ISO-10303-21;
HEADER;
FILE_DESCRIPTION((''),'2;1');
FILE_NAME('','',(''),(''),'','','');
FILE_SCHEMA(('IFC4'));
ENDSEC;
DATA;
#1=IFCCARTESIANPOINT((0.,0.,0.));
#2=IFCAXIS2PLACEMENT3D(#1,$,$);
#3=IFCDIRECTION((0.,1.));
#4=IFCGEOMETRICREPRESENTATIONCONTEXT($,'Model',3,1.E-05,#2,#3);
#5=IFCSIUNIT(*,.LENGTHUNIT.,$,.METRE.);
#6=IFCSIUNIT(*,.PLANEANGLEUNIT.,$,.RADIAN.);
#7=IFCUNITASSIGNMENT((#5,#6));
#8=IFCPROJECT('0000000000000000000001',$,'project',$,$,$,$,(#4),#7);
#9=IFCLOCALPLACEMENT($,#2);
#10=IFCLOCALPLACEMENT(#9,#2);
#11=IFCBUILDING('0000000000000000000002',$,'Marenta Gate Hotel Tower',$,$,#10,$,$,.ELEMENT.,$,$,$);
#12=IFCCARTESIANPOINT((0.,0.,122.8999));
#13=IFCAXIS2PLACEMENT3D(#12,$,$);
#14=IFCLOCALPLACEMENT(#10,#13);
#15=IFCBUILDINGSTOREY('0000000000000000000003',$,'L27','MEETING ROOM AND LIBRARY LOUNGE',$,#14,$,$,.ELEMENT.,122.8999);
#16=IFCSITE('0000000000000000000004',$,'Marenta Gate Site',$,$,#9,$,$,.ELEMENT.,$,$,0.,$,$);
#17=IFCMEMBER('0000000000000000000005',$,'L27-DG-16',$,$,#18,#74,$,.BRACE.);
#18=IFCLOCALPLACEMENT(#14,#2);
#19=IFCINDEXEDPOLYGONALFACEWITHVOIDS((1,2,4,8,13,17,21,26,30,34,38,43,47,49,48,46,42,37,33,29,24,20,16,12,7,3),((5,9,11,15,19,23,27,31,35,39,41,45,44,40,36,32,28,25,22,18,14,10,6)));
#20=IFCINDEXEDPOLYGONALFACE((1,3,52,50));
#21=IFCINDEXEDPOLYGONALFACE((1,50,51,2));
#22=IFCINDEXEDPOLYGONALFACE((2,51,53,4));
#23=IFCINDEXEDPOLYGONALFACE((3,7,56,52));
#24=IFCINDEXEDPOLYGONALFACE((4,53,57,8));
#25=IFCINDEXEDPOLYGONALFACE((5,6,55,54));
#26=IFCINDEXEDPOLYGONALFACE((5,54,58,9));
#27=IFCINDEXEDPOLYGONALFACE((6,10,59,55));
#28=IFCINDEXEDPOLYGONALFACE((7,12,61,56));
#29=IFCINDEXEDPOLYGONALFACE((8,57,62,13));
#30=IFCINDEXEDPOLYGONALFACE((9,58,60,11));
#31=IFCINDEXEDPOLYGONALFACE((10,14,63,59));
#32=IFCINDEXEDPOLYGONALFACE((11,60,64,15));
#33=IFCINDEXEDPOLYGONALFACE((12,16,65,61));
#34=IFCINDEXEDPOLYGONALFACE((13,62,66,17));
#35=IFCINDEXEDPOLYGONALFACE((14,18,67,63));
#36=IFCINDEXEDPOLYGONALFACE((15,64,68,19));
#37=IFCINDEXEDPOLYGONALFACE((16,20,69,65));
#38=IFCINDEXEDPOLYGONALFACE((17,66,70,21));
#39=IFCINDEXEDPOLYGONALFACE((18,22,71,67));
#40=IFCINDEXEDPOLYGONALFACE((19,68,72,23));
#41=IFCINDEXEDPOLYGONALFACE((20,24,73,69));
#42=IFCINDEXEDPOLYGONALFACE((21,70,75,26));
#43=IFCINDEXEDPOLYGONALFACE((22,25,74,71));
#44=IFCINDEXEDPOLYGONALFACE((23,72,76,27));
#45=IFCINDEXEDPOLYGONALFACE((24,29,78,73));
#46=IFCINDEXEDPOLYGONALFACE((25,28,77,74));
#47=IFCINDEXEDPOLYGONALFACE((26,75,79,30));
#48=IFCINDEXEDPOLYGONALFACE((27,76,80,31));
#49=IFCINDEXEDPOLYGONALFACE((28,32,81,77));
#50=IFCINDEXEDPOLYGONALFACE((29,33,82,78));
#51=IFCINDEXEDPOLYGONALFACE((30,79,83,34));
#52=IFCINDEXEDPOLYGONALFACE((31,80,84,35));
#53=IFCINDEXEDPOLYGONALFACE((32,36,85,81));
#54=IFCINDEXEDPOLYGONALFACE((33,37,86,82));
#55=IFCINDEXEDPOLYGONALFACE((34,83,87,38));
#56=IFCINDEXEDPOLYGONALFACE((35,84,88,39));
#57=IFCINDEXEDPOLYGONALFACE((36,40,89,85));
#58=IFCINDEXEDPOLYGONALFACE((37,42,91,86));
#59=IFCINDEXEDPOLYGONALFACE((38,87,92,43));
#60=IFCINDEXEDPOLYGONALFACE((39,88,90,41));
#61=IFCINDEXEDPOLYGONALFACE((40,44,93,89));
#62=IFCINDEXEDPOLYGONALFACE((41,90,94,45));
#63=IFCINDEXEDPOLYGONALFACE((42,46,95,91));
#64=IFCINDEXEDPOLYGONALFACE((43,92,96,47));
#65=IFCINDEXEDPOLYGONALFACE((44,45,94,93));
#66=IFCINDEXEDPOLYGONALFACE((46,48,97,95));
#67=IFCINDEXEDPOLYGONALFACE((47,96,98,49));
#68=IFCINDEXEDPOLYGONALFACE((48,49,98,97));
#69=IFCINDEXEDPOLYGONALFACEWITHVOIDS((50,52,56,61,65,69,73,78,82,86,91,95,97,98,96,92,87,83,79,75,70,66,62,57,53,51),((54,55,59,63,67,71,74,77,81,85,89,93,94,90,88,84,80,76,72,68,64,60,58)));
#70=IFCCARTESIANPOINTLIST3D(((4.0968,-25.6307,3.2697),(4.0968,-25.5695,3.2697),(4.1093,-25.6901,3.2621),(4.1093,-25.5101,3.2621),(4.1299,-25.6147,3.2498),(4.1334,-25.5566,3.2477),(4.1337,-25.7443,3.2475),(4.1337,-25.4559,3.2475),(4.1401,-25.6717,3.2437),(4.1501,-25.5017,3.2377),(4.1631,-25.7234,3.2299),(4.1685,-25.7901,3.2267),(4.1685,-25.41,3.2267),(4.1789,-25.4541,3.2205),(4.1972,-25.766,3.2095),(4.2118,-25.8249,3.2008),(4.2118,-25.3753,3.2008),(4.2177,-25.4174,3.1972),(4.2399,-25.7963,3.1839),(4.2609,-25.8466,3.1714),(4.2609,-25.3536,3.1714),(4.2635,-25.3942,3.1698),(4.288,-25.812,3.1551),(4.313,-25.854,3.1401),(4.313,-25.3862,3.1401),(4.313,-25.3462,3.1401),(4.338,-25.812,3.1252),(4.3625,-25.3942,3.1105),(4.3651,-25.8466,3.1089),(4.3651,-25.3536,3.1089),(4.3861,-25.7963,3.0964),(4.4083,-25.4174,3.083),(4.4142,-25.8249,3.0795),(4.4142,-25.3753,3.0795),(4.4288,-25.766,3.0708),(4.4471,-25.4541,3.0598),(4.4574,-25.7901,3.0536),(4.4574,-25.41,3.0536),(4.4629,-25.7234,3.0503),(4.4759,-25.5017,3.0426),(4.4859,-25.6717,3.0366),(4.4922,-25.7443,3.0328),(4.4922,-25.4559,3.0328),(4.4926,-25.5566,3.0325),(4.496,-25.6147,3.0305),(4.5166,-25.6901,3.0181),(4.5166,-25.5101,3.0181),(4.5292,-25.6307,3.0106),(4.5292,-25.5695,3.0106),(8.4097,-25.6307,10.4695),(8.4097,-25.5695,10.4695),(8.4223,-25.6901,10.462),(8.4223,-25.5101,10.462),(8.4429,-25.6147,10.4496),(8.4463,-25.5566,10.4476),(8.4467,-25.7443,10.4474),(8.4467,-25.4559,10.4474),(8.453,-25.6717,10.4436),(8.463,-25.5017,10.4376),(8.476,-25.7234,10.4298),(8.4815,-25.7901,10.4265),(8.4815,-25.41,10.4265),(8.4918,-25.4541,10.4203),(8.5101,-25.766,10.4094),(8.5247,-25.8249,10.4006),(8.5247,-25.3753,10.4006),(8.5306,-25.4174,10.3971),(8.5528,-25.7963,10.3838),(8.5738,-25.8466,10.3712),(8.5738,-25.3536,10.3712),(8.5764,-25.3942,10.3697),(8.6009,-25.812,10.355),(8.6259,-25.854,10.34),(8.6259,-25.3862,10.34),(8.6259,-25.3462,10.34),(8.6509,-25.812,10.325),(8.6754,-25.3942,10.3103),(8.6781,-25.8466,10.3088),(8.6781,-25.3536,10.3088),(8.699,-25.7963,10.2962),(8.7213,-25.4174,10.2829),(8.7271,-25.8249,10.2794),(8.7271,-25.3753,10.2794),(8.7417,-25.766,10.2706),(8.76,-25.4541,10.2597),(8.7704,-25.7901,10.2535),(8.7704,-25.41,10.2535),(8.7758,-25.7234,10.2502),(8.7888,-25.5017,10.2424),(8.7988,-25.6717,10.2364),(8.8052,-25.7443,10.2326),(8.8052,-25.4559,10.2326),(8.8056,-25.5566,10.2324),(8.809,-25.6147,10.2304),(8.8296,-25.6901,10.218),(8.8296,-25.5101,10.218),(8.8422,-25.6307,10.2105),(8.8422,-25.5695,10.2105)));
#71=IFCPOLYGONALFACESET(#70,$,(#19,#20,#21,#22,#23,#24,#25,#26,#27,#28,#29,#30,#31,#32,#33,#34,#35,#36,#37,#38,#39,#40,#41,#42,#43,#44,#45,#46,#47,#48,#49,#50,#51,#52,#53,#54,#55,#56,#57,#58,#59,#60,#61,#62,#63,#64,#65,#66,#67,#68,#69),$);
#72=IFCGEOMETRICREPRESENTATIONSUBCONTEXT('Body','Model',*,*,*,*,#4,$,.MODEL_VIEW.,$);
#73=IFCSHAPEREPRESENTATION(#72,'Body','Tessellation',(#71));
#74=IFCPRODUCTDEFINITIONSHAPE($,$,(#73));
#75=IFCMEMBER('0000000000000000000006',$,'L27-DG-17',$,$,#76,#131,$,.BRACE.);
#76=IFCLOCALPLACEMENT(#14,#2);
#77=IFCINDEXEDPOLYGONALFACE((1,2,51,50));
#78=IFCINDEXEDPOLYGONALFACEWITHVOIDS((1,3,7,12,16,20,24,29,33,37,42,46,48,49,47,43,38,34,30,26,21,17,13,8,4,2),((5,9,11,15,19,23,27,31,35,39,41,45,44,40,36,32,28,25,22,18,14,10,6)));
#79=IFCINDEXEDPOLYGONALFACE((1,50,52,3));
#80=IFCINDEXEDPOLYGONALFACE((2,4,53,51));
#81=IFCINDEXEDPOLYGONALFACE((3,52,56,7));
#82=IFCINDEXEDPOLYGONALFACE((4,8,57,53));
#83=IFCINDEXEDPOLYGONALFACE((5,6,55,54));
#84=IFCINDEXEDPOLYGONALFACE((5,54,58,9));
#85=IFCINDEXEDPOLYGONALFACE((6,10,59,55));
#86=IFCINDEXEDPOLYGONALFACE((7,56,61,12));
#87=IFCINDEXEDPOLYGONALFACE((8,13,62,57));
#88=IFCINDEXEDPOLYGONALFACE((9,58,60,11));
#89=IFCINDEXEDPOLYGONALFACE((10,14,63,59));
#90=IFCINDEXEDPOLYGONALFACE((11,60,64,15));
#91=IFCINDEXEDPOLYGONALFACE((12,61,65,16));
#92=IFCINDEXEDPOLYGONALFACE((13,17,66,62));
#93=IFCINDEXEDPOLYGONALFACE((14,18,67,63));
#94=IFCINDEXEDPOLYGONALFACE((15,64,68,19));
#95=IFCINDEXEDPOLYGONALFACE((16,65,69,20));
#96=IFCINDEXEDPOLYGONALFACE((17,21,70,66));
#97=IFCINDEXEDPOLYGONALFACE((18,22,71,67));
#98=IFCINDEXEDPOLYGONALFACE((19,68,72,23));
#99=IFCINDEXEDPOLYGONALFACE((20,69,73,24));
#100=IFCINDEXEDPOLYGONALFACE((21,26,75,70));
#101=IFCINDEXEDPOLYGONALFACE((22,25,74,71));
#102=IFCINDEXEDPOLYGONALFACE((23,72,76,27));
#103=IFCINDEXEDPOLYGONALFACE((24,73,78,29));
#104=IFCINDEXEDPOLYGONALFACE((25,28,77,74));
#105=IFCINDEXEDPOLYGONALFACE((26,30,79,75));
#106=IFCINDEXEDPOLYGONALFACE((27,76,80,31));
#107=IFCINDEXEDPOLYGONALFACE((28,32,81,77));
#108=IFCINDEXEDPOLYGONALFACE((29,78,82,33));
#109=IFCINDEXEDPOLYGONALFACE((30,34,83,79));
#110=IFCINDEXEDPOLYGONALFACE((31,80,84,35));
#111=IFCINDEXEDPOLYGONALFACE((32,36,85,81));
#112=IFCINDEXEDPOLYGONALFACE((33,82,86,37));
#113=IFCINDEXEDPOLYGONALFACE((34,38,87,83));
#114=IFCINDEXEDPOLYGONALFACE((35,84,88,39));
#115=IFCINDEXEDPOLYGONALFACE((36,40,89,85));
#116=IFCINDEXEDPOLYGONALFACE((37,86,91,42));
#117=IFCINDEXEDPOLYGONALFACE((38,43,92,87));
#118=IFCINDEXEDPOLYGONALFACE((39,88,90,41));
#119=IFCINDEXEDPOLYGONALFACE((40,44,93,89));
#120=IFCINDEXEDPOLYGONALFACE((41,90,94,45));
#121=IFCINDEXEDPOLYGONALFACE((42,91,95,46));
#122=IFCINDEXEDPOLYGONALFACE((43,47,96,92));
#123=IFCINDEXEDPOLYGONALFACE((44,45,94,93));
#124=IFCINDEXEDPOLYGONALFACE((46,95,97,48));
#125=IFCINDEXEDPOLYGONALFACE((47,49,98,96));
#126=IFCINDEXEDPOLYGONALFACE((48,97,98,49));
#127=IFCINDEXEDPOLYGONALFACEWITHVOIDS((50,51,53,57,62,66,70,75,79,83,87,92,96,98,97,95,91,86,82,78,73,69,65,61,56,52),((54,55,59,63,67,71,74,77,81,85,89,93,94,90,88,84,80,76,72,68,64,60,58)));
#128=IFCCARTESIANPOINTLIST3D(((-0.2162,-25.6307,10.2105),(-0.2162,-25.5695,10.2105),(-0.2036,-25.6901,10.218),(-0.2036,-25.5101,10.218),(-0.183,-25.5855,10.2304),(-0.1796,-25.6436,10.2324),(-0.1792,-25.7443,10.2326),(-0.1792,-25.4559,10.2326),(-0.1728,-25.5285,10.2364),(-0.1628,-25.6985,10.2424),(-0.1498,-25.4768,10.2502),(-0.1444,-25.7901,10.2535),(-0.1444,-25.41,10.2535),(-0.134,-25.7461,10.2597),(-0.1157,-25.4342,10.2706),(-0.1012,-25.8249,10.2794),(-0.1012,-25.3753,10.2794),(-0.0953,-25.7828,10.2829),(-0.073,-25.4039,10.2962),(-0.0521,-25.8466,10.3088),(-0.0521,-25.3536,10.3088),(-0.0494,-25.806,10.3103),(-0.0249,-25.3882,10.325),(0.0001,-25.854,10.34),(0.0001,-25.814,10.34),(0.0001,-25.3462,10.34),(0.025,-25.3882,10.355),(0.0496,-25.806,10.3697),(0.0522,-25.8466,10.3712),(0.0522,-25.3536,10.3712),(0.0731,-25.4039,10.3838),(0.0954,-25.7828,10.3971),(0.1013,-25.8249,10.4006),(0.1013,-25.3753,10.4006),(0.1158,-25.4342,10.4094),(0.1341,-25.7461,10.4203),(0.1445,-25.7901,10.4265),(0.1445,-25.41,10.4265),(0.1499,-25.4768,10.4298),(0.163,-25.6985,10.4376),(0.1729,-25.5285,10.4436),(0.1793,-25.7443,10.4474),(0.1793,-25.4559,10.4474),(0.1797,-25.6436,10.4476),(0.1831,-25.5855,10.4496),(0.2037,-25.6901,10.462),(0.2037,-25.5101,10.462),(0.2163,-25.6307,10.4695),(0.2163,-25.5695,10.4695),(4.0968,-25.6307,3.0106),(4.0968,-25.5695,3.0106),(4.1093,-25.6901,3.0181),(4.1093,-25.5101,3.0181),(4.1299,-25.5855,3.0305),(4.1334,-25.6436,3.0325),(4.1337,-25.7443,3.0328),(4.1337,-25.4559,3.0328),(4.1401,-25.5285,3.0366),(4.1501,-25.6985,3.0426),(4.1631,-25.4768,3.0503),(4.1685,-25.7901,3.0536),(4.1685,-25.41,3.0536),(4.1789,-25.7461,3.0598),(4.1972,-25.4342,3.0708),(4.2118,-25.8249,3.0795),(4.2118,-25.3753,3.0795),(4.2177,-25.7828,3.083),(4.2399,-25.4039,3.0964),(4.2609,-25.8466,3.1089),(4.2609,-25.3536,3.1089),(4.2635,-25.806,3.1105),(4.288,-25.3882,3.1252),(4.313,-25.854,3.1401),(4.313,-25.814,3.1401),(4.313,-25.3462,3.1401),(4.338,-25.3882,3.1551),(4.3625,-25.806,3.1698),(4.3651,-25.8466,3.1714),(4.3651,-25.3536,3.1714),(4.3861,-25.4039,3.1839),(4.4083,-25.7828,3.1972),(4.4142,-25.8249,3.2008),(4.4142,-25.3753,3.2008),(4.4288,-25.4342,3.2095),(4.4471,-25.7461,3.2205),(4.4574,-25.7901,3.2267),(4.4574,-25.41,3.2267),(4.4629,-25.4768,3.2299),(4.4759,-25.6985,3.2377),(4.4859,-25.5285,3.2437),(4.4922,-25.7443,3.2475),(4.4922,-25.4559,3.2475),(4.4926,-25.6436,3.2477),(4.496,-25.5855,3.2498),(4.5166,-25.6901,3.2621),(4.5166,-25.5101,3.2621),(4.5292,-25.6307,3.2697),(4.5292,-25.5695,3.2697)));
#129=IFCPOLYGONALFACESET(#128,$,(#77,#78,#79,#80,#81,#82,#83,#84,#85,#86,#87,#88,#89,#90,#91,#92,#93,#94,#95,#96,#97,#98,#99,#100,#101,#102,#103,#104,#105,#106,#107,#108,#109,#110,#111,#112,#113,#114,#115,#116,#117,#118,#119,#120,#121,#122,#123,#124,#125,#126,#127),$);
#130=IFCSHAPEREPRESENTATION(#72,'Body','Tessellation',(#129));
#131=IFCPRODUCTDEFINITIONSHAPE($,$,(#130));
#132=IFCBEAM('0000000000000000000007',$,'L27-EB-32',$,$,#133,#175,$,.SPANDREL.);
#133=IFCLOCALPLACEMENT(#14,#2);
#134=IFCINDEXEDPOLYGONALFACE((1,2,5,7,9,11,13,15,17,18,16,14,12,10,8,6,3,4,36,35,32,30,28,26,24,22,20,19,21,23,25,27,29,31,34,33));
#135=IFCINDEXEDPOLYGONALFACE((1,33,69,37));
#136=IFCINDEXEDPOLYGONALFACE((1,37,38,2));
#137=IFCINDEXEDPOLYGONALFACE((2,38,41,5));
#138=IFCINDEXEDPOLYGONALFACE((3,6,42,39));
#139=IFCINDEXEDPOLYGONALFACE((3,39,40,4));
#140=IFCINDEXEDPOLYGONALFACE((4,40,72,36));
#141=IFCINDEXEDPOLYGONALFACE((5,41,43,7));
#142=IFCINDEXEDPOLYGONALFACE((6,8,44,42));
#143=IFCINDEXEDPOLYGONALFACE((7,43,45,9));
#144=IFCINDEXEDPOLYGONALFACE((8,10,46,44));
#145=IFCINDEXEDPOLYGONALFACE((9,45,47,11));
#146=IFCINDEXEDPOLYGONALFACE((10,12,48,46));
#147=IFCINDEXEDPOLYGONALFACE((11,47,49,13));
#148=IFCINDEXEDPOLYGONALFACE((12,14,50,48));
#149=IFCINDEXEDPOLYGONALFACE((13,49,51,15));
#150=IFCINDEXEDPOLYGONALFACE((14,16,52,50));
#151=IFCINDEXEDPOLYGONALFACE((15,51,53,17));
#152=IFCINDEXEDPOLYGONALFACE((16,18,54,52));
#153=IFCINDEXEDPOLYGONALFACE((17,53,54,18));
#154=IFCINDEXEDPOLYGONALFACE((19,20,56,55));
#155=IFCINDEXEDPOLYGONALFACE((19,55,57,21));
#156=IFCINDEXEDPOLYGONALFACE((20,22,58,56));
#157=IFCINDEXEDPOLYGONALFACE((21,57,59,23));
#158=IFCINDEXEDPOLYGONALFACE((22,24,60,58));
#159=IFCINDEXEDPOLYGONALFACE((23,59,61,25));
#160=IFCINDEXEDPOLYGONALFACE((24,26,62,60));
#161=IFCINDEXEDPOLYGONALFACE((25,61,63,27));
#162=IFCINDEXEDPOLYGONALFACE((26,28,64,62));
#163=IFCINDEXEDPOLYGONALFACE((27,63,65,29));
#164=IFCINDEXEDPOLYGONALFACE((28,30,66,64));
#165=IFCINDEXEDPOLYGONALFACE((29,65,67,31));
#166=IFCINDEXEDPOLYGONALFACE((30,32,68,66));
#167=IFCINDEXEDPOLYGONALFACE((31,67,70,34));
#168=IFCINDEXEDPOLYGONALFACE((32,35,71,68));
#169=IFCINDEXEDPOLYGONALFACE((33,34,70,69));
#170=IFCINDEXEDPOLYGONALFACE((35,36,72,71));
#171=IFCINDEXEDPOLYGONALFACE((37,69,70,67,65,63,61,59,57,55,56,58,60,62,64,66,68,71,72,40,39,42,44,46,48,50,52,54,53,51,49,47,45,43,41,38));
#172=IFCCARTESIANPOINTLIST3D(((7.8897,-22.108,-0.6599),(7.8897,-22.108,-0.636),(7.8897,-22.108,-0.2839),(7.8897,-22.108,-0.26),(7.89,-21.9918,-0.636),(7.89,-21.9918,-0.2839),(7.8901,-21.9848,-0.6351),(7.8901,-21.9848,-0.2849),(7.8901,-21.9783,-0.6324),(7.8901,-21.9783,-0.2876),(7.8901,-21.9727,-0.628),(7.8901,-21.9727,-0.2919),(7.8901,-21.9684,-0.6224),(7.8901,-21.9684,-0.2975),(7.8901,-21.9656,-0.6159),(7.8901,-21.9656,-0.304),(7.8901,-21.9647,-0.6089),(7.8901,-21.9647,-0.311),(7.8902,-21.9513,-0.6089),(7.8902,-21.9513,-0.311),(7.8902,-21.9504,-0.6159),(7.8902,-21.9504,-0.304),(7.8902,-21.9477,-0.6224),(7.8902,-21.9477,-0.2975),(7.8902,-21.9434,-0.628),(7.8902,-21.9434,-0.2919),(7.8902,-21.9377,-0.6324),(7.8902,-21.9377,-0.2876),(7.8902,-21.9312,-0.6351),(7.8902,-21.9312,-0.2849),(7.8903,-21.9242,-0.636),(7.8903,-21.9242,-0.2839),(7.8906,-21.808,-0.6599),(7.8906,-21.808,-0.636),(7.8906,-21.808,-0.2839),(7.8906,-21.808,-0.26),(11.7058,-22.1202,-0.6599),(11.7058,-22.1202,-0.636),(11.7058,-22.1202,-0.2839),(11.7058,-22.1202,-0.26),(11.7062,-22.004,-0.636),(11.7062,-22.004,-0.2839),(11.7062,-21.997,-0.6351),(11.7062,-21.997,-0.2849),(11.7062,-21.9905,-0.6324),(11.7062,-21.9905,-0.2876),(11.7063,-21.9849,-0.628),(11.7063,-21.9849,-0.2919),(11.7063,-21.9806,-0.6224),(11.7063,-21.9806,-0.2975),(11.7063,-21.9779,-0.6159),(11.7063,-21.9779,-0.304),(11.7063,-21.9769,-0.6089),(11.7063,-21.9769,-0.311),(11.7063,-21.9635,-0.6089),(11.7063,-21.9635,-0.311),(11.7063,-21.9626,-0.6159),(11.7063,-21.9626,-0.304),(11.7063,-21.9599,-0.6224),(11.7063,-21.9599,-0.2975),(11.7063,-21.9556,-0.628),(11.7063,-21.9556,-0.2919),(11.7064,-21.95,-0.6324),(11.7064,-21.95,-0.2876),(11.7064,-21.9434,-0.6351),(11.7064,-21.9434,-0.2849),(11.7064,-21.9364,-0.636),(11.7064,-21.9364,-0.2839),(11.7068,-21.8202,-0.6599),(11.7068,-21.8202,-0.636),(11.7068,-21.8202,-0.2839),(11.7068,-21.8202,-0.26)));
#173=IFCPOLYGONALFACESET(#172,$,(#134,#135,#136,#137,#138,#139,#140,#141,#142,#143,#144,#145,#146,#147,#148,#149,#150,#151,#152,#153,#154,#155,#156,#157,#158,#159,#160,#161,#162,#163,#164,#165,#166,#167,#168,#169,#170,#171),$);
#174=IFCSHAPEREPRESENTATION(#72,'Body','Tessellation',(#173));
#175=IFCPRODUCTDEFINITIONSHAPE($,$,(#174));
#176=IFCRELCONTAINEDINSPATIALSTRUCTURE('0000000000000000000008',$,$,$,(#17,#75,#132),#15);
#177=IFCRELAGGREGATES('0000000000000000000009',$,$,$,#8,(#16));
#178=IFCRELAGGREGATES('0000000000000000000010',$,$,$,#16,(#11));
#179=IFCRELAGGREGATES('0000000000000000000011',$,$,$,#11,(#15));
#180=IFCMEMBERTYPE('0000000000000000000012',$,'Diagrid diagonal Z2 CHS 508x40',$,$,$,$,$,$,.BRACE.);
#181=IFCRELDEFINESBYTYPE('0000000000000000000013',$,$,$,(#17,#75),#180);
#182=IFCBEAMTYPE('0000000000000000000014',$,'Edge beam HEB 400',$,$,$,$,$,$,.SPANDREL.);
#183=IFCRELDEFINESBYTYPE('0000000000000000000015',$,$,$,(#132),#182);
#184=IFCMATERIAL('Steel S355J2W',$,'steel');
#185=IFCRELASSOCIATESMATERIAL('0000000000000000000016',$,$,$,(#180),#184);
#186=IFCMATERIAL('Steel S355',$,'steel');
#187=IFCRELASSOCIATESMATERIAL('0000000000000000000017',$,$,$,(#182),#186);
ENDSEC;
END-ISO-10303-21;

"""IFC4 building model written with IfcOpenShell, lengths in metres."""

from ifc_helpers import new_model, si_unit, direction, frame, origin, origin_2d, place, context, subcontext, project, spatial, hollow_circle, i_section, extrude, material, material_profile, profile_set, type_object, element, save


model = new_model("IFC4")

# Units and contexts
model_context = context("Model", 3, precision=1e-05, world=origin(), true_north=direction((0.0, 1.0)))
body_context = subcontext(model_context, "Body", "Model", "MODEL_VIEW")
ifc_project = project(units=[si_unit("LENGTHUNIT", "METRE"), si_unit("PLANEANGLEUNIT", "RADIAN")], contexts=[model_context])

# Site, building, storey
site_placement = place(None, origin())
site = spatial("IfcSite", under=ifc_project, at=site_placement, Name="Marenta Gate Site", CompositionType="ELEMENT", RefElevation=0.0)
building_placement = place(site_placement, origin())
building = spatial("IfcBuilding", under=site, at=building_placement, Name="Marenta Gate Hotel Tower", CompositionType="ELEMENT")
storey_placement = place(building_placement, frame((0.0, 0.0, 122.8999)))
storey = spatial("IfcBuildingStorey", under=building, at=storey_placement, Name="L27", Description="MEETING ROOM AND LIBRARY LOUNGE", CompositionType="ELEMENT", Elevation=122.8999)

# Members
ifc_material_1 = material(Name="Steel S355J2W", Category="steel")
ifc_material_profile_1 = material_profile(ifc_material_1, hollow_circle(Radius=0.2539, WallThickness=0.04, at=origin_2d()), Name="CHS 508x40")
ifc_profile_set_1 = profile_set([ifc_material_profile_1], Name="Steel S355J2W")
member_type_1 = type_object("IfcMemberType", Name="Diagrid diagonal Z2 CHS 508x40", PredefinedType="BRACE", material=ifc_profile_set_1)
for number, where, z_axis, x_axis, name in (
    (1, (4.313, -25.6001, 3.1401), (0.513884, 0.0, 0.85786), (0.0, 1.0, 0.0), "L27-DG-16"),
    (2, (4.313, -25.6001, 3.1401), (-0.513884, 0.0, 0.85786), (0.0, -1.0, 0.0), "L27-DG-17"),
):
    element("IfcMember", number, at=place(storey_placement, frame(where, z_axis=z_axis, x_axis=x_axis)), inside=storey, type_object=member_type_1, Name=name, PredefinedType="BRACE", context=body_context, shape_type="SweptSolid", body=[
        extrude(hollow_circle(Radius=0.2539, WallThickness=0.04, at=origin_2d()), origin(), (0.0, 0.0, 1.0), 8.3928),
    ])

# Beam
ifc_material_2 = material(Name="Steel S355", Category="steel")
ifc_material_profile_2 = material_profile(ifc_material_2, i_section(OverallWidth=0.3, OverallDepth=0.3999, WebThickness=0.0134, FlangeThickness=0.0239, FilletRadius=0.0271, at=origin_2d()), Name="HEB 400")
ifc_profile_set_2 = profile_set([ifc_material_profile_2], Name="Steel S355")
beam_type_1 = type_object("IfcBeamType", Name="Edge beam HEB 400", PredefinedType="SPANDREL", material=ifc_profile_set_2)
beam_1_placement = place(storey_placement, frame((11.7063, -21.9702, -0.46), z_axis=(-0.999995, 0.003199, 0.0), x_axis=(-0.003199, -0.999995, 0.0)))
element("IfcBeam", 3, at=beam_1_placement, inside=storey, type_object=beam_type_1, Name="L27-EB-32", PredefinedType="SPANDREL", context=body_context, shape_type="SweptSolid", body=[
    extrude(i_section(OverallWidth=0.3, OverallDepth=0.3999, WebThickness=0.0134, FlangeThickness=0.0239, FilletRadius=0.0271, at=origin_2d()), origin(), (0.0, 0.0, 1.0), 3.8162),
])

save(model, "model.ifc")
